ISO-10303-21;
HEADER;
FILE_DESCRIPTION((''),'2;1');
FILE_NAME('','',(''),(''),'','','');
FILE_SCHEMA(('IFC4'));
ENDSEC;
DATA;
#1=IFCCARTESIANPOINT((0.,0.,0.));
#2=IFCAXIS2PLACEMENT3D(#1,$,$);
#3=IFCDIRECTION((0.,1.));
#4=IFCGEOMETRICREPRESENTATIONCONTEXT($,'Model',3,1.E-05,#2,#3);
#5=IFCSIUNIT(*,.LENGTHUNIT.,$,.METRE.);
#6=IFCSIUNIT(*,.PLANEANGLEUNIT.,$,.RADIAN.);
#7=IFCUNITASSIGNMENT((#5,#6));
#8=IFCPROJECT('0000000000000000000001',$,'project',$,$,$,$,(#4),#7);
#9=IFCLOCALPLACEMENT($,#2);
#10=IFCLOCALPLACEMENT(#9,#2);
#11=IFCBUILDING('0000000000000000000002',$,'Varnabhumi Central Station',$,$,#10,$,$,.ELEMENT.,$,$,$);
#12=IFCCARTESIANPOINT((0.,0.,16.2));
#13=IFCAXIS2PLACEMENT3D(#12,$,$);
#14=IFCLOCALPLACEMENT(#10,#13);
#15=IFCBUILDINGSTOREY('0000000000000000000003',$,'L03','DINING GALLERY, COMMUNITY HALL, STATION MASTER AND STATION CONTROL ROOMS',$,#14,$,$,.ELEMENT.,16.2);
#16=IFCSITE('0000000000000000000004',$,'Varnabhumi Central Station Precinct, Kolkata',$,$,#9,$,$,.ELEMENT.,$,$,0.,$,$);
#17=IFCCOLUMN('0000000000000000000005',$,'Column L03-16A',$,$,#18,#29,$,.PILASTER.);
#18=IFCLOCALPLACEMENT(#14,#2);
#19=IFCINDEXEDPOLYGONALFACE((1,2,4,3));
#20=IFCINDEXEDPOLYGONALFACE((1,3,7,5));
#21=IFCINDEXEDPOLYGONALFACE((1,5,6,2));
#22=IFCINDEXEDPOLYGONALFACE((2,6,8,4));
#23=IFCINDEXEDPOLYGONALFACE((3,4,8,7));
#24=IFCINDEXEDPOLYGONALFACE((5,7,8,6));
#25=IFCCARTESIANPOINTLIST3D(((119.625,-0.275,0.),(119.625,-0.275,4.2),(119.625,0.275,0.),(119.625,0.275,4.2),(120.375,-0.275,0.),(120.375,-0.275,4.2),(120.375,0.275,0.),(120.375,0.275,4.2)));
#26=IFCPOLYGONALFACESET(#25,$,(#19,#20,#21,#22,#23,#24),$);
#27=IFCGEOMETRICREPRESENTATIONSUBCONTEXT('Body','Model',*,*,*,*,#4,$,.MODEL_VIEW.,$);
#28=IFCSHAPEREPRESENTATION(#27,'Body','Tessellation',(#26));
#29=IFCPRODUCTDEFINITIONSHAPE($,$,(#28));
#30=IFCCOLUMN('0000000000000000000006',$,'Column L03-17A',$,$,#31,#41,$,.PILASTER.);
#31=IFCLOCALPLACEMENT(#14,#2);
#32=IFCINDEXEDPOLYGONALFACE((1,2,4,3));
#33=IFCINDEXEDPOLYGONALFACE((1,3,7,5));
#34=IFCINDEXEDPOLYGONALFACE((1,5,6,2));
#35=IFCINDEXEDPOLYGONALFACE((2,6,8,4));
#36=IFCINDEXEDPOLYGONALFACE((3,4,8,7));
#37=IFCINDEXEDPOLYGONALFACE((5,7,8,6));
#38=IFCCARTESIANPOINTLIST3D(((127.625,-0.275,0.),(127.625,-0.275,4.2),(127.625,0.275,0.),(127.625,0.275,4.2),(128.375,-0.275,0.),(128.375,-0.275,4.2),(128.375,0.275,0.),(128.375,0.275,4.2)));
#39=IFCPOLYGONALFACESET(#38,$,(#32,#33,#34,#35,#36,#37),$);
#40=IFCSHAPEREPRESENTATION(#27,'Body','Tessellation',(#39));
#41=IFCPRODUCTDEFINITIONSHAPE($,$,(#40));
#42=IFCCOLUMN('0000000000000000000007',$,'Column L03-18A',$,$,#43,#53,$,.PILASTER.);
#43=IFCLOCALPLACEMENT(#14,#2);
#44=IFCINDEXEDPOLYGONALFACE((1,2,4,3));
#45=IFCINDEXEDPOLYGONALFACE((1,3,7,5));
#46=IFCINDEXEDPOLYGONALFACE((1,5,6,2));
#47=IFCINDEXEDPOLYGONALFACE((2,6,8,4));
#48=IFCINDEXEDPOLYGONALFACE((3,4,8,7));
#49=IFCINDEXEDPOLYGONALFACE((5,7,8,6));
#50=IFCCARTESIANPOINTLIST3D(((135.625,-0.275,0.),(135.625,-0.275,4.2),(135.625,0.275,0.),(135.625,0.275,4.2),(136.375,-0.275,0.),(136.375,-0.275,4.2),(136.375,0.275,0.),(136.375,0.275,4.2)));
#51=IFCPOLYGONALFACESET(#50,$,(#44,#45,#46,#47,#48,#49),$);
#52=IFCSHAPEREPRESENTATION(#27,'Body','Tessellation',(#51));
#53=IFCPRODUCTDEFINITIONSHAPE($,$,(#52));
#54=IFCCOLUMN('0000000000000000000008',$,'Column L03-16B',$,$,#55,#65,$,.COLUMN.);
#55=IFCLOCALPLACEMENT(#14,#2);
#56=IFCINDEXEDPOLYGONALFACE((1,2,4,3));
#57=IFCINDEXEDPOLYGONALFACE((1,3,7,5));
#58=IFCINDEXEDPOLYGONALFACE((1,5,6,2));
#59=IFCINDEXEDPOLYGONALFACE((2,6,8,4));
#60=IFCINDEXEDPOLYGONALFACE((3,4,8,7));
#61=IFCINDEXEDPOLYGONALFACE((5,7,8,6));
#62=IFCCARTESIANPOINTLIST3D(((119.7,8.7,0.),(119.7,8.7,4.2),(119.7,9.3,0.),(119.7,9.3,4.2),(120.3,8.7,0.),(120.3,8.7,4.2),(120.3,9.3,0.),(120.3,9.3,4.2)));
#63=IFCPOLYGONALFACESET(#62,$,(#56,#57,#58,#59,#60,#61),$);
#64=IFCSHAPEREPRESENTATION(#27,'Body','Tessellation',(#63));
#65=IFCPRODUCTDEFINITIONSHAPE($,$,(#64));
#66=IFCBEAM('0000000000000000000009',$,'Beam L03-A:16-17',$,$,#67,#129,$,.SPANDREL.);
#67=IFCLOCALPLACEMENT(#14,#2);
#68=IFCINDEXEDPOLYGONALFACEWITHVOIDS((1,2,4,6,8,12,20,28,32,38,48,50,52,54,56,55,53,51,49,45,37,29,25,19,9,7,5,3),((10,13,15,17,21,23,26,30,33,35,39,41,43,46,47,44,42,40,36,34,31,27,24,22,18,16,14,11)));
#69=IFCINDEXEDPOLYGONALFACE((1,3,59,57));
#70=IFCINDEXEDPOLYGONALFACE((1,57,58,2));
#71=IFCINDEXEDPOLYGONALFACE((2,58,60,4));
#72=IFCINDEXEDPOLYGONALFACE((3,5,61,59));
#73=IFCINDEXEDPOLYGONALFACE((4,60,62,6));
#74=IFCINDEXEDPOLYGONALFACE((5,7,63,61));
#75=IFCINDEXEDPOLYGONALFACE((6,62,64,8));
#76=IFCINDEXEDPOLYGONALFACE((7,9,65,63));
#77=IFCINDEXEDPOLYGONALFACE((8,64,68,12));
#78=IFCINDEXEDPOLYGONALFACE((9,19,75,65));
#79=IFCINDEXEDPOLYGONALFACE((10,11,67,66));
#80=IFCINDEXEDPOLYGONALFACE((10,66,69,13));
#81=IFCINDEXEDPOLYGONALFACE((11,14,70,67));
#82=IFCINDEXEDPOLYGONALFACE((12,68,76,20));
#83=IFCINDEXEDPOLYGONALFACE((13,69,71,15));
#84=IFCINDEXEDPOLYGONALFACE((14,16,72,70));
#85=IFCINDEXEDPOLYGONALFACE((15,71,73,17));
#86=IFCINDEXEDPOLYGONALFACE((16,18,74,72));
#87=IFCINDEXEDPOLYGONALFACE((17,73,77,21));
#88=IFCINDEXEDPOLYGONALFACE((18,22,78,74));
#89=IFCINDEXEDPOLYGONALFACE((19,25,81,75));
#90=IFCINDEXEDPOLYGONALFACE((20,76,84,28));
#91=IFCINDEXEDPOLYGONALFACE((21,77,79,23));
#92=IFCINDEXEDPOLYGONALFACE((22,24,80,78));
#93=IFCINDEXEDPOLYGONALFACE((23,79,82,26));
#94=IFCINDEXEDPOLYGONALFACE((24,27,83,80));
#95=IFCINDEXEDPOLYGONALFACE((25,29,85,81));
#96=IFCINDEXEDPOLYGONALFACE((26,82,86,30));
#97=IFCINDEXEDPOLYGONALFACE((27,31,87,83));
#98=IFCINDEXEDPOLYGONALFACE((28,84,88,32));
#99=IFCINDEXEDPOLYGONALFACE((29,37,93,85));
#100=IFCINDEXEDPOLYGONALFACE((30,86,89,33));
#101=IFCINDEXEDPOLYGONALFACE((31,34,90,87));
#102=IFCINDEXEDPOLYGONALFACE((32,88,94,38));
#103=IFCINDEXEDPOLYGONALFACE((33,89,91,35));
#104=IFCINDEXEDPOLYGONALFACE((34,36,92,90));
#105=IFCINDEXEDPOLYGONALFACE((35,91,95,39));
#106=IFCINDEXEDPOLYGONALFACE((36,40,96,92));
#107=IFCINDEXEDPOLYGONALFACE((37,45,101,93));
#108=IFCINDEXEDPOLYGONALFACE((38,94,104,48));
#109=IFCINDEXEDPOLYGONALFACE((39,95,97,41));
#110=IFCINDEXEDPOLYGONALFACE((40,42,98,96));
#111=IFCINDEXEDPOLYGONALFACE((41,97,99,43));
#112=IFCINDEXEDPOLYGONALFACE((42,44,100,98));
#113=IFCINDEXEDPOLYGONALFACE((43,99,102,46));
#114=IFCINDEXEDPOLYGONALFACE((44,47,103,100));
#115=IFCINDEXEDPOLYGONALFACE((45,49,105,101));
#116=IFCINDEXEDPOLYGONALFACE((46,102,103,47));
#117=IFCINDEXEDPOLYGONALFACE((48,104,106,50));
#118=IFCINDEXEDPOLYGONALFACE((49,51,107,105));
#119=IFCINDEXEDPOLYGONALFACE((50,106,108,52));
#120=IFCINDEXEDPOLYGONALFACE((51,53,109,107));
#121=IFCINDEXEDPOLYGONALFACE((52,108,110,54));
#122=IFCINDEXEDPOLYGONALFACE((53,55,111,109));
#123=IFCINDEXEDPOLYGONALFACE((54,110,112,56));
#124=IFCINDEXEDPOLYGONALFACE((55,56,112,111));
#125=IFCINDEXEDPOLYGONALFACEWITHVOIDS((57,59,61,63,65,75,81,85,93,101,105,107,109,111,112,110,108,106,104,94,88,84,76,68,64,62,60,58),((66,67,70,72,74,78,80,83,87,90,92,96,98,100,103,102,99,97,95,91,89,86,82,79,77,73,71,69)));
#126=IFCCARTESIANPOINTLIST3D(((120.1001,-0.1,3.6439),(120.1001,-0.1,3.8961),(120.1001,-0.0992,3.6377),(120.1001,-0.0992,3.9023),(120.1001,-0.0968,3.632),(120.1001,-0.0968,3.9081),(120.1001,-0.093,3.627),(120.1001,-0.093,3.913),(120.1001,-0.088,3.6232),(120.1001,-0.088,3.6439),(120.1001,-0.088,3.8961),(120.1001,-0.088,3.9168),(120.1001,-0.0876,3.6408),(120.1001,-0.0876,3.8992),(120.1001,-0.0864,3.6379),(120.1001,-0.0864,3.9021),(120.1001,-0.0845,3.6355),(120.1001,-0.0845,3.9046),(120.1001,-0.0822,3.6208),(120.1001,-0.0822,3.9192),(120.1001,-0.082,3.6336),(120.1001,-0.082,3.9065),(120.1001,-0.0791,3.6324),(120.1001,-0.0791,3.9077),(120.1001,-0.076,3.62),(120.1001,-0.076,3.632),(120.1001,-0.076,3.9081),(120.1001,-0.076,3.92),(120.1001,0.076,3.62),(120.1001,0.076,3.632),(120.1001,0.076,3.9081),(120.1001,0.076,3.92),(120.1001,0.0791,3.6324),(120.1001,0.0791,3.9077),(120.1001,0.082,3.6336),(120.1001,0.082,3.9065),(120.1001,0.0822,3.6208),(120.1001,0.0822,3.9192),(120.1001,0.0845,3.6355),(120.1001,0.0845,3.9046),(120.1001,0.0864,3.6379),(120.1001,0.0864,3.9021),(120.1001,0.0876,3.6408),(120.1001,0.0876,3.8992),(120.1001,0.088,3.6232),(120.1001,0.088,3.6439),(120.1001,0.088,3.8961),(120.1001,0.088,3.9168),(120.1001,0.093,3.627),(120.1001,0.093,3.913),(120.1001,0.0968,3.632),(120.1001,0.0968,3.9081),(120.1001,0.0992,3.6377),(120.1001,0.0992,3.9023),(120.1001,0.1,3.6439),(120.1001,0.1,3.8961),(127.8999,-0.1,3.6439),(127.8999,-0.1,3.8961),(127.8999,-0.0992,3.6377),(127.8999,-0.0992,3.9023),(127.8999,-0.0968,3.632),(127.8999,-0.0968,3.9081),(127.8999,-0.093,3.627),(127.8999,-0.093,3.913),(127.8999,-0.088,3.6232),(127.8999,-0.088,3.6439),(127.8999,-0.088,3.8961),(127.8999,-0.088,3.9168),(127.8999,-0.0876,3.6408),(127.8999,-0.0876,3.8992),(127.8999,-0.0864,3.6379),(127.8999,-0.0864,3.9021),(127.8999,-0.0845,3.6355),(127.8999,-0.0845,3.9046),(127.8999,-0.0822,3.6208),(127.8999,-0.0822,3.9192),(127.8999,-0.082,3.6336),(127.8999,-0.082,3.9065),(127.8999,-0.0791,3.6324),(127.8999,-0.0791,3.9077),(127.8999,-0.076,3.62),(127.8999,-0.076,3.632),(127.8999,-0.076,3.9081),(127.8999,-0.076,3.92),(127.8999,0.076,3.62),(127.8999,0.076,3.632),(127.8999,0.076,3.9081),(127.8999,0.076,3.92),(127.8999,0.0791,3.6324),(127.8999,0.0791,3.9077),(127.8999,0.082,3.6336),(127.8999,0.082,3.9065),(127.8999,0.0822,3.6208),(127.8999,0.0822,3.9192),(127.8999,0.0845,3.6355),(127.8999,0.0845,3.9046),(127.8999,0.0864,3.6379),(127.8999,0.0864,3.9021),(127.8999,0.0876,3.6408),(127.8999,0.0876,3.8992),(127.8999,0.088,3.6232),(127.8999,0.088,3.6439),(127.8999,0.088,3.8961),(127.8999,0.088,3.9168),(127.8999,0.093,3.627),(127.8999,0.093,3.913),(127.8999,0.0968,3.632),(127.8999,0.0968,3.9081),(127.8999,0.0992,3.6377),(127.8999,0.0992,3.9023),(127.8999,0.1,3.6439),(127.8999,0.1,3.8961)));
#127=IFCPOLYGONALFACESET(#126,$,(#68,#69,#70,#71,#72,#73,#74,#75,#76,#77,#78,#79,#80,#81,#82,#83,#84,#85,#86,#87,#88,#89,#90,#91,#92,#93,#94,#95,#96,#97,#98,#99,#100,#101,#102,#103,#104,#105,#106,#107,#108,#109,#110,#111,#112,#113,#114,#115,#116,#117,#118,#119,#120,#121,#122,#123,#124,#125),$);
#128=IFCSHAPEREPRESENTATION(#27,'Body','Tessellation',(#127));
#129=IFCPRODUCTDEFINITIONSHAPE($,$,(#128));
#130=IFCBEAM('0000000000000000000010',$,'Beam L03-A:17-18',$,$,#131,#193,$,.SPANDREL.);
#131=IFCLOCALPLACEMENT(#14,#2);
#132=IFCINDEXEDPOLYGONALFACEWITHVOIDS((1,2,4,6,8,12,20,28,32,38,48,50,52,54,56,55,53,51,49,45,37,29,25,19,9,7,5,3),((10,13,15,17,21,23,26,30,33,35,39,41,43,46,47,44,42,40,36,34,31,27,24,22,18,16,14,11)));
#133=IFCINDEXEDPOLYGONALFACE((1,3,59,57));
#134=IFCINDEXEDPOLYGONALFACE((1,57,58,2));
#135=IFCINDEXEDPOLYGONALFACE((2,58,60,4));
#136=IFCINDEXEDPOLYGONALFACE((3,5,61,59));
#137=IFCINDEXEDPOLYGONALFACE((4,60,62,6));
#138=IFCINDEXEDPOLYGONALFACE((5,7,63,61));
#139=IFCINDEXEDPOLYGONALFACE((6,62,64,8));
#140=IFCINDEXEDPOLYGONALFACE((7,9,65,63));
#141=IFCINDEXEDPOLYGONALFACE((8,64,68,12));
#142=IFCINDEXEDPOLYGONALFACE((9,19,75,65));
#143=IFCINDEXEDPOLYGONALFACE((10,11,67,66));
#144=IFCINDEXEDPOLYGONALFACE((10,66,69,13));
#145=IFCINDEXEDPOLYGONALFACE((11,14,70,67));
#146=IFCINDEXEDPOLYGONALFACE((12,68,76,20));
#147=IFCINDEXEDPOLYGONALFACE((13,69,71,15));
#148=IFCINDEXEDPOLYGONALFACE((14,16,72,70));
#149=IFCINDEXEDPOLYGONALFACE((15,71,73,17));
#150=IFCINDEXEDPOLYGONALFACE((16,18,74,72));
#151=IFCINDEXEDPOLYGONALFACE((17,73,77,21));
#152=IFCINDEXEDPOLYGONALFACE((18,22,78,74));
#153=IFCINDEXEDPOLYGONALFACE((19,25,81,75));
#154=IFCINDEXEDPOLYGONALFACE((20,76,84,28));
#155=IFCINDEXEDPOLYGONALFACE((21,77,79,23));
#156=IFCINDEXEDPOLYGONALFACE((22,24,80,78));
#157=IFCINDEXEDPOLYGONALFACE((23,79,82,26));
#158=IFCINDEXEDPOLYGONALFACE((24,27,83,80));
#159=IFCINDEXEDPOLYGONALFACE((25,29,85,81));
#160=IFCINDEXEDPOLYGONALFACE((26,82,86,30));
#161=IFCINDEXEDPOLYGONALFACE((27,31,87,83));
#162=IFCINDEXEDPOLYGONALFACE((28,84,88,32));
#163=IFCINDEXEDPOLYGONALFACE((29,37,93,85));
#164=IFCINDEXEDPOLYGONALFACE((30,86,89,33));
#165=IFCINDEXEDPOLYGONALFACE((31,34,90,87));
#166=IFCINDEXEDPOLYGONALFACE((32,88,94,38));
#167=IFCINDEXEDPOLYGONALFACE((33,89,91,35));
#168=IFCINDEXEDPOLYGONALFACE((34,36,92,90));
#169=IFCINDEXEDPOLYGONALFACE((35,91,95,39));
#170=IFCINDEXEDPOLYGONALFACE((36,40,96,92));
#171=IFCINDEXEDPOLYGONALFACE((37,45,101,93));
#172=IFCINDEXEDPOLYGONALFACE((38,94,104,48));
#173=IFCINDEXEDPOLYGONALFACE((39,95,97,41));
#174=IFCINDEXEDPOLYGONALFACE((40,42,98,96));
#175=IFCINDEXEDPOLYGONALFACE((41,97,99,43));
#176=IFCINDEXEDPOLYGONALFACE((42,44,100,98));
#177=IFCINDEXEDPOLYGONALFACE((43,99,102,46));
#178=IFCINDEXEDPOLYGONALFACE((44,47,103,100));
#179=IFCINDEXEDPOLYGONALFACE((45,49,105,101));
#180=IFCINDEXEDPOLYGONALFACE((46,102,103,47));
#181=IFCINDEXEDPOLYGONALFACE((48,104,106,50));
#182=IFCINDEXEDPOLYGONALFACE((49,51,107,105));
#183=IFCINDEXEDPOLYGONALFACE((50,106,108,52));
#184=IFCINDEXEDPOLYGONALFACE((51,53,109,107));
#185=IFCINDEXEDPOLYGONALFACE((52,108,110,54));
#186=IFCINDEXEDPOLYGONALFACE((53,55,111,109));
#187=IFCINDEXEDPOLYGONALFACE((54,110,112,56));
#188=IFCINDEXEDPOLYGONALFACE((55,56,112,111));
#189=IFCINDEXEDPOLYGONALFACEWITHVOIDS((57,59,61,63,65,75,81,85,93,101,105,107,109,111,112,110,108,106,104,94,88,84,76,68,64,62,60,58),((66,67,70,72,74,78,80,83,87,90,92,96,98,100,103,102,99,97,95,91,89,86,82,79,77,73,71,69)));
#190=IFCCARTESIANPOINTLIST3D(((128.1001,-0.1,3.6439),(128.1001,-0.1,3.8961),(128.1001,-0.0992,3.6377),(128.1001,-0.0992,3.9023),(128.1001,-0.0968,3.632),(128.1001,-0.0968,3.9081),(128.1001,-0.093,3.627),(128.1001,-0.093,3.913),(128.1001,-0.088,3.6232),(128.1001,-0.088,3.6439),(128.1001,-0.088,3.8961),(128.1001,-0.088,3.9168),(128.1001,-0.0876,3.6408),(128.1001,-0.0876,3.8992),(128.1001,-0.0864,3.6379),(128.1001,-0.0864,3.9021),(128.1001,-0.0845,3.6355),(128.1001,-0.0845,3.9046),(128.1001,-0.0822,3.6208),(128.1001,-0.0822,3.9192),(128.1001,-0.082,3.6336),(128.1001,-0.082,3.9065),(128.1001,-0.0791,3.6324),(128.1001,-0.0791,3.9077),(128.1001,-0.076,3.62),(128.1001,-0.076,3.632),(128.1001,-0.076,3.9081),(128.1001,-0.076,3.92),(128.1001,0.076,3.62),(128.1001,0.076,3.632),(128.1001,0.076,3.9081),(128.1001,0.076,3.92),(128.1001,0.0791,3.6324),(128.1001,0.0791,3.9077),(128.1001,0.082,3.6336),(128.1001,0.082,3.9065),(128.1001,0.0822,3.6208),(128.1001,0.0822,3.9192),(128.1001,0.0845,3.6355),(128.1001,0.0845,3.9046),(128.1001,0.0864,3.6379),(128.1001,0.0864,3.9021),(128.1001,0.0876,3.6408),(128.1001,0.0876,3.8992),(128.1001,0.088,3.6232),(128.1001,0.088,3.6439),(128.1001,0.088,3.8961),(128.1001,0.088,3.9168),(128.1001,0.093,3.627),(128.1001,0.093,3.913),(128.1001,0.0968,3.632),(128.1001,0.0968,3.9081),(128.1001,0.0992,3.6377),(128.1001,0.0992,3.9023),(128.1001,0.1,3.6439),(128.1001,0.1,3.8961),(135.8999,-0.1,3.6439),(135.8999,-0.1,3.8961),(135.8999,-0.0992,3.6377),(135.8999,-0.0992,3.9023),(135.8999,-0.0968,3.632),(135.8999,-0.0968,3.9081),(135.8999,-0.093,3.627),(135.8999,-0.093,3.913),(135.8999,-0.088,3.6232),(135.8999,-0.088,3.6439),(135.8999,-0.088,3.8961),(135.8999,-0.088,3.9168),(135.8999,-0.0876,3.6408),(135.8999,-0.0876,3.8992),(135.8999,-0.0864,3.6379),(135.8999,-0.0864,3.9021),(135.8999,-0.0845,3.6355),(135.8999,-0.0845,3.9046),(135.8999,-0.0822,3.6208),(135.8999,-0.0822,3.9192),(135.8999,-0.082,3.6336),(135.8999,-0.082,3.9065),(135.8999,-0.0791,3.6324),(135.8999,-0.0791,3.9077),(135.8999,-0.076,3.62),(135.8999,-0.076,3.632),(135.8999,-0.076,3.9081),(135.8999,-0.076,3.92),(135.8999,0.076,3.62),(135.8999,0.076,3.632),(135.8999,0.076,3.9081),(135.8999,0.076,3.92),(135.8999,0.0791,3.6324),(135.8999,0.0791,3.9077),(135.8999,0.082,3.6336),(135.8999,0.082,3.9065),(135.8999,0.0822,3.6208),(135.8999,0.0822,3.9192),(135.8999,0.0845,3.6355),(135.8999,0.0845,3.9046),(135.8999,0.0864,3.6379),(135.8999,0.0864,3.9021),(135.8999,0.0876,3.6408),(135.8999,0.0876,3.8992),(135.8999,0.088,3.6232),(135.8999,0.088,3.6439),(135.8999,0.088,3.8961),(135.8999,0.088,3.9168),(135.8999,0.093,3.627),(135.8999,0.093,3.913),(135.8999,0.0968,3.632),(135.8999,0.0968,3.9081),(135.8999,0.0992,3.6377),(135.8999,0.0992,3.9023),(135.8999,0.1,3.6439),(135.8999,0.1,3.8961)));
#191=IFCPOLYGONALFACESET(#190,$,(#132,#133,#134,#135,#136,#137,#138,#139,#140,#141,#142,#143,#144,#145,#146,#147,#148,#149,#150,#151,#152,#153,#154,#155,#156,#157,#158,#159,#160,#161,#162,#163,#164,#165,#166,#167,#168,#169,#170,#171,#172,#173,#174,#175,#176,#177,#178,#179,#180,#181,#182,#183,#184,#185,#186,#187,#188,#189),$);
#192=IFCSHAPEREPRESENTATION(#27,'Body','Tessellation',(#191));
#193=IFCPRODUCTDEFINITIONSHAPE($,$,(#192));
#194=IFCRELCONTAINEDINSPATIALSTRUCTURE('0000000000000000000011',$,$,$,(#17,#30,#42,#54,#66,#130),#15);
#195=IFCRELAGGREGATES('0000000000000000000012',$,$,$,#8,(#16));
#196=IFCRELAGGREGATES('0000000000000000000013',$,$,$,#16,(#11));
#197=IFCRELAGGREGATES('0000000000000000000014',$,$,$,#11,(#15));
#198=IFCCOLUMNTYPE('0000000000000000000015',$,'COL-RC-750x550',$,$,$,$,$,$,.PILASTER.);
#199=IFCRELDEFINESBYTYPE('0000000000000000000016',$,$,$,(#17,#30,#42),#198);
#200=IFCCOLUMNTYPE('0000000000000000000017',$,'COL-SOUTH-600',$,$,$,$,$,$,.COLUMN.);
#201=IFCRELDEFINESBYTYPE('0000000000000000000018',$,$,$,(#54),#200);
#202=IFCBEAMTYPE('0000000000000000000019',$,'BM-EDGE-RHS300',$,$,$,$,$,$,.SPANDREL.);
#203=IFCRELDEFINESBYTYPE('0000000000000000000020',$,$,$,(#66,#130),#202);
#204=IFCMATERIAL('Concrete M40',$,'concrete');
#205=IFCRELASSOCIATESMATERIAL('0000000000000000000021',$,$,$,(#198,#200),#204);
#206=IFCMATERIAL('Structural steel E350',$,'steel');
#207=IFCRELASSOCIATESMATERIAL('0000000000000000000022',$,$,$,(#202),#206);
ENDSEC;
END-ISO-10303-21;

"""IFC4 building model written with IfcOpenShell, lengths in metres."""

from ifc_helpers import new_model, si_unit, direction, frame, origin, origin_2d, place, context, subcontext, project, spatial, rectangle, hollow_rectangle, extrude, material, material_profile, profile_set, type_object, element, save


model = new_model("IFC4")

# Units and contexts
model_context = context("Model", 3, precision=1e-05, world=origin(), true_north=direction((0.0, 1.0)))
body_context = subcontext(model_context, "Body", "Model", "MODEL_VIEW")
ifc_project = project(units=[si_unit("LENGTHUNIT", "METRE"), si_unit("PLANEANGLEUNIT", "RADIAN")], contexts=[model_context])

# Site, building, storey
site_placement = place(None, origin())
site = spatial("IfcSite", under=ifc_project, at=site_placement, Name="Varnabhumi Central Station Precinct, Kolkata", CompositionType="ELEMENT", RefElevation=0.0)
building_placement = place(site_placement, origin())
building = spatial("IfcBuilding", under=site, at=building_placement, Name="Varnabhumi Central Station", CompositionType="ELEMENT")
storey_placement = place(building_placement, frame((0.0, 0.0, 16.2)))
storey = spatial("IfcBuildingStorey", under=building, at=storey_placement, Name="L03", Description="DINING GALLERY, COMMUNITY HALL, STATION MASTER AND STATION CONTROL ROOMS", CompositionType="ELEMENT", Elevation=16.2)

# Columns
ifc_material_1 = material(Name="Concrete M40", Category="concrete")
ifc_material_profile_1 = material_profile(ifc_material_1, rectangle(XDim=0.75, YDim=0.55, at=origin_2d()), Name="Concrete M40", Category="concrete")
ifc_profile_set_1 = profile_set([ifc_material_profile_1], Name="Concrete M40")
column_type_1 = type_object("IfcColumnType", Name="COL-RC-750x550", PredefinedType="PILASTER", material=ifc_profile_set_1)
for number, where, z_axis, x_axis, name in (
    (1, (120.0, 0.0, 0.0), (0.0, 0.0, 1.0), (1.0, 0.0, 0.0), "Column L03-16A"),
    (2, (128.0, 0.0, 0.0), (0.0, 0.0, 1.0), (1.0, 0.0, 0.0), "Column L03-17A"),
    (3, (136.0, 0.0, 0.0), (0.0, 0.0, 1.0), (1.0, 0.0, 0.0), "Column L03-18A"),
):
    element("IfcColumn", number, at=place(storey_placement, frame(where, z_axis=z_axis, x_axis=x_axis)), inside=storey, type_object=column_type_1, Name=name, PredefinedType="PILASTER", context=body_context, shape_type="SweptSolid", body=[
        extrude(rectangle(XDim=0.75, YDim=0.55, at=origin_2d()), origin(), (0.0, 0.0, 1.0), 4.2),
    ])
ifc_material_profile_2 = material_profile(ifc_material_1, rectangle(XDim=0.6001, YDim=0.6001, at=origin_2d()), Name="Concrete M40", Category="concrete")
ifc_profile_set_2 = profile_set([ifc_material_profile_2], Name="Concrete M40")
column_type_2 = type_object("IfcColumnType", Name="COL-SOUTH-600", PredefinedType="COLUMN", material=ifc_profile_set_2)
column_placement = place(storey_placement, frame((120.0, 9.0, 0.0), z_axis=(0.0, 0.0, 1.0), x_axis=(1.0, 0.0, 0.0)))
element("IfcColumn", 4, at=column_placement, inside=storey, type_object=column_type_2, Name="Column L03-16B", PredefinedType="COLUMN", context=body_context, shape_type="SweptSolid", body=[
    extrude(rectangle(XDim=0.6001, YDim=0.6001, at=origin_2d()), origin(), (0.0, 0.0, 1.0), 4.2),
])

# Beams
ifc_material_2 = material(Name="Structural steel E350", Category="steel")
ifc_material_profile_3 = material_profile(ifc_material_2, hollow_rectangle(XDim=0.2, YDim=0.3, WallThickness=0.012, InnerFilletRadius=0.012, OuterFilletRadius=0.0239, at=origin_2d()), Name="Structural steel E350", Category="steel")
ifc_profile_set_3 = profile_set([ifc_material_profile_3], Name="Structural steel E350")
beam_type_1 = type_object("IfcBeamType", Name="BM-EDGE-RHS300", PredefinedType="SPANDREL", material=ifc_profile_set_3)
for number, where, z_axis, x_axis, name in (
    (5, (120.1001, 0.0, 3.77), (1.0, 0.0, 0.0), (0.0, 1.0, 0.0), "Beam L03-A:16-17"),
    (6, (128.1001, 0.0, 3.77), (1.0, 0.0, 0.0), (0.0, 1.0, 0.0), "Beam L03-A:17-18"),
):
    element("IfcBeam", number, at=place(storey_placement, frame(where, z_axis=z_axis, x_axis=x_axis)), inside=storey, type_object=beam_type_1, Name=name, PredefinedType="SPANDREL", context=body_context, shape_type="SweptSolid", body=[
        extrude(hollow_rectangle(XDim=0.2, YDim=0.3, WallThickness=0.012, InnerFilletRadius=0.012, OuterFilletRadius=0.0239, at=origin_2d()), origin(), (0.0, 0.0, 1.0), 7.7998),
    ])

save(model, "model.ifc")
